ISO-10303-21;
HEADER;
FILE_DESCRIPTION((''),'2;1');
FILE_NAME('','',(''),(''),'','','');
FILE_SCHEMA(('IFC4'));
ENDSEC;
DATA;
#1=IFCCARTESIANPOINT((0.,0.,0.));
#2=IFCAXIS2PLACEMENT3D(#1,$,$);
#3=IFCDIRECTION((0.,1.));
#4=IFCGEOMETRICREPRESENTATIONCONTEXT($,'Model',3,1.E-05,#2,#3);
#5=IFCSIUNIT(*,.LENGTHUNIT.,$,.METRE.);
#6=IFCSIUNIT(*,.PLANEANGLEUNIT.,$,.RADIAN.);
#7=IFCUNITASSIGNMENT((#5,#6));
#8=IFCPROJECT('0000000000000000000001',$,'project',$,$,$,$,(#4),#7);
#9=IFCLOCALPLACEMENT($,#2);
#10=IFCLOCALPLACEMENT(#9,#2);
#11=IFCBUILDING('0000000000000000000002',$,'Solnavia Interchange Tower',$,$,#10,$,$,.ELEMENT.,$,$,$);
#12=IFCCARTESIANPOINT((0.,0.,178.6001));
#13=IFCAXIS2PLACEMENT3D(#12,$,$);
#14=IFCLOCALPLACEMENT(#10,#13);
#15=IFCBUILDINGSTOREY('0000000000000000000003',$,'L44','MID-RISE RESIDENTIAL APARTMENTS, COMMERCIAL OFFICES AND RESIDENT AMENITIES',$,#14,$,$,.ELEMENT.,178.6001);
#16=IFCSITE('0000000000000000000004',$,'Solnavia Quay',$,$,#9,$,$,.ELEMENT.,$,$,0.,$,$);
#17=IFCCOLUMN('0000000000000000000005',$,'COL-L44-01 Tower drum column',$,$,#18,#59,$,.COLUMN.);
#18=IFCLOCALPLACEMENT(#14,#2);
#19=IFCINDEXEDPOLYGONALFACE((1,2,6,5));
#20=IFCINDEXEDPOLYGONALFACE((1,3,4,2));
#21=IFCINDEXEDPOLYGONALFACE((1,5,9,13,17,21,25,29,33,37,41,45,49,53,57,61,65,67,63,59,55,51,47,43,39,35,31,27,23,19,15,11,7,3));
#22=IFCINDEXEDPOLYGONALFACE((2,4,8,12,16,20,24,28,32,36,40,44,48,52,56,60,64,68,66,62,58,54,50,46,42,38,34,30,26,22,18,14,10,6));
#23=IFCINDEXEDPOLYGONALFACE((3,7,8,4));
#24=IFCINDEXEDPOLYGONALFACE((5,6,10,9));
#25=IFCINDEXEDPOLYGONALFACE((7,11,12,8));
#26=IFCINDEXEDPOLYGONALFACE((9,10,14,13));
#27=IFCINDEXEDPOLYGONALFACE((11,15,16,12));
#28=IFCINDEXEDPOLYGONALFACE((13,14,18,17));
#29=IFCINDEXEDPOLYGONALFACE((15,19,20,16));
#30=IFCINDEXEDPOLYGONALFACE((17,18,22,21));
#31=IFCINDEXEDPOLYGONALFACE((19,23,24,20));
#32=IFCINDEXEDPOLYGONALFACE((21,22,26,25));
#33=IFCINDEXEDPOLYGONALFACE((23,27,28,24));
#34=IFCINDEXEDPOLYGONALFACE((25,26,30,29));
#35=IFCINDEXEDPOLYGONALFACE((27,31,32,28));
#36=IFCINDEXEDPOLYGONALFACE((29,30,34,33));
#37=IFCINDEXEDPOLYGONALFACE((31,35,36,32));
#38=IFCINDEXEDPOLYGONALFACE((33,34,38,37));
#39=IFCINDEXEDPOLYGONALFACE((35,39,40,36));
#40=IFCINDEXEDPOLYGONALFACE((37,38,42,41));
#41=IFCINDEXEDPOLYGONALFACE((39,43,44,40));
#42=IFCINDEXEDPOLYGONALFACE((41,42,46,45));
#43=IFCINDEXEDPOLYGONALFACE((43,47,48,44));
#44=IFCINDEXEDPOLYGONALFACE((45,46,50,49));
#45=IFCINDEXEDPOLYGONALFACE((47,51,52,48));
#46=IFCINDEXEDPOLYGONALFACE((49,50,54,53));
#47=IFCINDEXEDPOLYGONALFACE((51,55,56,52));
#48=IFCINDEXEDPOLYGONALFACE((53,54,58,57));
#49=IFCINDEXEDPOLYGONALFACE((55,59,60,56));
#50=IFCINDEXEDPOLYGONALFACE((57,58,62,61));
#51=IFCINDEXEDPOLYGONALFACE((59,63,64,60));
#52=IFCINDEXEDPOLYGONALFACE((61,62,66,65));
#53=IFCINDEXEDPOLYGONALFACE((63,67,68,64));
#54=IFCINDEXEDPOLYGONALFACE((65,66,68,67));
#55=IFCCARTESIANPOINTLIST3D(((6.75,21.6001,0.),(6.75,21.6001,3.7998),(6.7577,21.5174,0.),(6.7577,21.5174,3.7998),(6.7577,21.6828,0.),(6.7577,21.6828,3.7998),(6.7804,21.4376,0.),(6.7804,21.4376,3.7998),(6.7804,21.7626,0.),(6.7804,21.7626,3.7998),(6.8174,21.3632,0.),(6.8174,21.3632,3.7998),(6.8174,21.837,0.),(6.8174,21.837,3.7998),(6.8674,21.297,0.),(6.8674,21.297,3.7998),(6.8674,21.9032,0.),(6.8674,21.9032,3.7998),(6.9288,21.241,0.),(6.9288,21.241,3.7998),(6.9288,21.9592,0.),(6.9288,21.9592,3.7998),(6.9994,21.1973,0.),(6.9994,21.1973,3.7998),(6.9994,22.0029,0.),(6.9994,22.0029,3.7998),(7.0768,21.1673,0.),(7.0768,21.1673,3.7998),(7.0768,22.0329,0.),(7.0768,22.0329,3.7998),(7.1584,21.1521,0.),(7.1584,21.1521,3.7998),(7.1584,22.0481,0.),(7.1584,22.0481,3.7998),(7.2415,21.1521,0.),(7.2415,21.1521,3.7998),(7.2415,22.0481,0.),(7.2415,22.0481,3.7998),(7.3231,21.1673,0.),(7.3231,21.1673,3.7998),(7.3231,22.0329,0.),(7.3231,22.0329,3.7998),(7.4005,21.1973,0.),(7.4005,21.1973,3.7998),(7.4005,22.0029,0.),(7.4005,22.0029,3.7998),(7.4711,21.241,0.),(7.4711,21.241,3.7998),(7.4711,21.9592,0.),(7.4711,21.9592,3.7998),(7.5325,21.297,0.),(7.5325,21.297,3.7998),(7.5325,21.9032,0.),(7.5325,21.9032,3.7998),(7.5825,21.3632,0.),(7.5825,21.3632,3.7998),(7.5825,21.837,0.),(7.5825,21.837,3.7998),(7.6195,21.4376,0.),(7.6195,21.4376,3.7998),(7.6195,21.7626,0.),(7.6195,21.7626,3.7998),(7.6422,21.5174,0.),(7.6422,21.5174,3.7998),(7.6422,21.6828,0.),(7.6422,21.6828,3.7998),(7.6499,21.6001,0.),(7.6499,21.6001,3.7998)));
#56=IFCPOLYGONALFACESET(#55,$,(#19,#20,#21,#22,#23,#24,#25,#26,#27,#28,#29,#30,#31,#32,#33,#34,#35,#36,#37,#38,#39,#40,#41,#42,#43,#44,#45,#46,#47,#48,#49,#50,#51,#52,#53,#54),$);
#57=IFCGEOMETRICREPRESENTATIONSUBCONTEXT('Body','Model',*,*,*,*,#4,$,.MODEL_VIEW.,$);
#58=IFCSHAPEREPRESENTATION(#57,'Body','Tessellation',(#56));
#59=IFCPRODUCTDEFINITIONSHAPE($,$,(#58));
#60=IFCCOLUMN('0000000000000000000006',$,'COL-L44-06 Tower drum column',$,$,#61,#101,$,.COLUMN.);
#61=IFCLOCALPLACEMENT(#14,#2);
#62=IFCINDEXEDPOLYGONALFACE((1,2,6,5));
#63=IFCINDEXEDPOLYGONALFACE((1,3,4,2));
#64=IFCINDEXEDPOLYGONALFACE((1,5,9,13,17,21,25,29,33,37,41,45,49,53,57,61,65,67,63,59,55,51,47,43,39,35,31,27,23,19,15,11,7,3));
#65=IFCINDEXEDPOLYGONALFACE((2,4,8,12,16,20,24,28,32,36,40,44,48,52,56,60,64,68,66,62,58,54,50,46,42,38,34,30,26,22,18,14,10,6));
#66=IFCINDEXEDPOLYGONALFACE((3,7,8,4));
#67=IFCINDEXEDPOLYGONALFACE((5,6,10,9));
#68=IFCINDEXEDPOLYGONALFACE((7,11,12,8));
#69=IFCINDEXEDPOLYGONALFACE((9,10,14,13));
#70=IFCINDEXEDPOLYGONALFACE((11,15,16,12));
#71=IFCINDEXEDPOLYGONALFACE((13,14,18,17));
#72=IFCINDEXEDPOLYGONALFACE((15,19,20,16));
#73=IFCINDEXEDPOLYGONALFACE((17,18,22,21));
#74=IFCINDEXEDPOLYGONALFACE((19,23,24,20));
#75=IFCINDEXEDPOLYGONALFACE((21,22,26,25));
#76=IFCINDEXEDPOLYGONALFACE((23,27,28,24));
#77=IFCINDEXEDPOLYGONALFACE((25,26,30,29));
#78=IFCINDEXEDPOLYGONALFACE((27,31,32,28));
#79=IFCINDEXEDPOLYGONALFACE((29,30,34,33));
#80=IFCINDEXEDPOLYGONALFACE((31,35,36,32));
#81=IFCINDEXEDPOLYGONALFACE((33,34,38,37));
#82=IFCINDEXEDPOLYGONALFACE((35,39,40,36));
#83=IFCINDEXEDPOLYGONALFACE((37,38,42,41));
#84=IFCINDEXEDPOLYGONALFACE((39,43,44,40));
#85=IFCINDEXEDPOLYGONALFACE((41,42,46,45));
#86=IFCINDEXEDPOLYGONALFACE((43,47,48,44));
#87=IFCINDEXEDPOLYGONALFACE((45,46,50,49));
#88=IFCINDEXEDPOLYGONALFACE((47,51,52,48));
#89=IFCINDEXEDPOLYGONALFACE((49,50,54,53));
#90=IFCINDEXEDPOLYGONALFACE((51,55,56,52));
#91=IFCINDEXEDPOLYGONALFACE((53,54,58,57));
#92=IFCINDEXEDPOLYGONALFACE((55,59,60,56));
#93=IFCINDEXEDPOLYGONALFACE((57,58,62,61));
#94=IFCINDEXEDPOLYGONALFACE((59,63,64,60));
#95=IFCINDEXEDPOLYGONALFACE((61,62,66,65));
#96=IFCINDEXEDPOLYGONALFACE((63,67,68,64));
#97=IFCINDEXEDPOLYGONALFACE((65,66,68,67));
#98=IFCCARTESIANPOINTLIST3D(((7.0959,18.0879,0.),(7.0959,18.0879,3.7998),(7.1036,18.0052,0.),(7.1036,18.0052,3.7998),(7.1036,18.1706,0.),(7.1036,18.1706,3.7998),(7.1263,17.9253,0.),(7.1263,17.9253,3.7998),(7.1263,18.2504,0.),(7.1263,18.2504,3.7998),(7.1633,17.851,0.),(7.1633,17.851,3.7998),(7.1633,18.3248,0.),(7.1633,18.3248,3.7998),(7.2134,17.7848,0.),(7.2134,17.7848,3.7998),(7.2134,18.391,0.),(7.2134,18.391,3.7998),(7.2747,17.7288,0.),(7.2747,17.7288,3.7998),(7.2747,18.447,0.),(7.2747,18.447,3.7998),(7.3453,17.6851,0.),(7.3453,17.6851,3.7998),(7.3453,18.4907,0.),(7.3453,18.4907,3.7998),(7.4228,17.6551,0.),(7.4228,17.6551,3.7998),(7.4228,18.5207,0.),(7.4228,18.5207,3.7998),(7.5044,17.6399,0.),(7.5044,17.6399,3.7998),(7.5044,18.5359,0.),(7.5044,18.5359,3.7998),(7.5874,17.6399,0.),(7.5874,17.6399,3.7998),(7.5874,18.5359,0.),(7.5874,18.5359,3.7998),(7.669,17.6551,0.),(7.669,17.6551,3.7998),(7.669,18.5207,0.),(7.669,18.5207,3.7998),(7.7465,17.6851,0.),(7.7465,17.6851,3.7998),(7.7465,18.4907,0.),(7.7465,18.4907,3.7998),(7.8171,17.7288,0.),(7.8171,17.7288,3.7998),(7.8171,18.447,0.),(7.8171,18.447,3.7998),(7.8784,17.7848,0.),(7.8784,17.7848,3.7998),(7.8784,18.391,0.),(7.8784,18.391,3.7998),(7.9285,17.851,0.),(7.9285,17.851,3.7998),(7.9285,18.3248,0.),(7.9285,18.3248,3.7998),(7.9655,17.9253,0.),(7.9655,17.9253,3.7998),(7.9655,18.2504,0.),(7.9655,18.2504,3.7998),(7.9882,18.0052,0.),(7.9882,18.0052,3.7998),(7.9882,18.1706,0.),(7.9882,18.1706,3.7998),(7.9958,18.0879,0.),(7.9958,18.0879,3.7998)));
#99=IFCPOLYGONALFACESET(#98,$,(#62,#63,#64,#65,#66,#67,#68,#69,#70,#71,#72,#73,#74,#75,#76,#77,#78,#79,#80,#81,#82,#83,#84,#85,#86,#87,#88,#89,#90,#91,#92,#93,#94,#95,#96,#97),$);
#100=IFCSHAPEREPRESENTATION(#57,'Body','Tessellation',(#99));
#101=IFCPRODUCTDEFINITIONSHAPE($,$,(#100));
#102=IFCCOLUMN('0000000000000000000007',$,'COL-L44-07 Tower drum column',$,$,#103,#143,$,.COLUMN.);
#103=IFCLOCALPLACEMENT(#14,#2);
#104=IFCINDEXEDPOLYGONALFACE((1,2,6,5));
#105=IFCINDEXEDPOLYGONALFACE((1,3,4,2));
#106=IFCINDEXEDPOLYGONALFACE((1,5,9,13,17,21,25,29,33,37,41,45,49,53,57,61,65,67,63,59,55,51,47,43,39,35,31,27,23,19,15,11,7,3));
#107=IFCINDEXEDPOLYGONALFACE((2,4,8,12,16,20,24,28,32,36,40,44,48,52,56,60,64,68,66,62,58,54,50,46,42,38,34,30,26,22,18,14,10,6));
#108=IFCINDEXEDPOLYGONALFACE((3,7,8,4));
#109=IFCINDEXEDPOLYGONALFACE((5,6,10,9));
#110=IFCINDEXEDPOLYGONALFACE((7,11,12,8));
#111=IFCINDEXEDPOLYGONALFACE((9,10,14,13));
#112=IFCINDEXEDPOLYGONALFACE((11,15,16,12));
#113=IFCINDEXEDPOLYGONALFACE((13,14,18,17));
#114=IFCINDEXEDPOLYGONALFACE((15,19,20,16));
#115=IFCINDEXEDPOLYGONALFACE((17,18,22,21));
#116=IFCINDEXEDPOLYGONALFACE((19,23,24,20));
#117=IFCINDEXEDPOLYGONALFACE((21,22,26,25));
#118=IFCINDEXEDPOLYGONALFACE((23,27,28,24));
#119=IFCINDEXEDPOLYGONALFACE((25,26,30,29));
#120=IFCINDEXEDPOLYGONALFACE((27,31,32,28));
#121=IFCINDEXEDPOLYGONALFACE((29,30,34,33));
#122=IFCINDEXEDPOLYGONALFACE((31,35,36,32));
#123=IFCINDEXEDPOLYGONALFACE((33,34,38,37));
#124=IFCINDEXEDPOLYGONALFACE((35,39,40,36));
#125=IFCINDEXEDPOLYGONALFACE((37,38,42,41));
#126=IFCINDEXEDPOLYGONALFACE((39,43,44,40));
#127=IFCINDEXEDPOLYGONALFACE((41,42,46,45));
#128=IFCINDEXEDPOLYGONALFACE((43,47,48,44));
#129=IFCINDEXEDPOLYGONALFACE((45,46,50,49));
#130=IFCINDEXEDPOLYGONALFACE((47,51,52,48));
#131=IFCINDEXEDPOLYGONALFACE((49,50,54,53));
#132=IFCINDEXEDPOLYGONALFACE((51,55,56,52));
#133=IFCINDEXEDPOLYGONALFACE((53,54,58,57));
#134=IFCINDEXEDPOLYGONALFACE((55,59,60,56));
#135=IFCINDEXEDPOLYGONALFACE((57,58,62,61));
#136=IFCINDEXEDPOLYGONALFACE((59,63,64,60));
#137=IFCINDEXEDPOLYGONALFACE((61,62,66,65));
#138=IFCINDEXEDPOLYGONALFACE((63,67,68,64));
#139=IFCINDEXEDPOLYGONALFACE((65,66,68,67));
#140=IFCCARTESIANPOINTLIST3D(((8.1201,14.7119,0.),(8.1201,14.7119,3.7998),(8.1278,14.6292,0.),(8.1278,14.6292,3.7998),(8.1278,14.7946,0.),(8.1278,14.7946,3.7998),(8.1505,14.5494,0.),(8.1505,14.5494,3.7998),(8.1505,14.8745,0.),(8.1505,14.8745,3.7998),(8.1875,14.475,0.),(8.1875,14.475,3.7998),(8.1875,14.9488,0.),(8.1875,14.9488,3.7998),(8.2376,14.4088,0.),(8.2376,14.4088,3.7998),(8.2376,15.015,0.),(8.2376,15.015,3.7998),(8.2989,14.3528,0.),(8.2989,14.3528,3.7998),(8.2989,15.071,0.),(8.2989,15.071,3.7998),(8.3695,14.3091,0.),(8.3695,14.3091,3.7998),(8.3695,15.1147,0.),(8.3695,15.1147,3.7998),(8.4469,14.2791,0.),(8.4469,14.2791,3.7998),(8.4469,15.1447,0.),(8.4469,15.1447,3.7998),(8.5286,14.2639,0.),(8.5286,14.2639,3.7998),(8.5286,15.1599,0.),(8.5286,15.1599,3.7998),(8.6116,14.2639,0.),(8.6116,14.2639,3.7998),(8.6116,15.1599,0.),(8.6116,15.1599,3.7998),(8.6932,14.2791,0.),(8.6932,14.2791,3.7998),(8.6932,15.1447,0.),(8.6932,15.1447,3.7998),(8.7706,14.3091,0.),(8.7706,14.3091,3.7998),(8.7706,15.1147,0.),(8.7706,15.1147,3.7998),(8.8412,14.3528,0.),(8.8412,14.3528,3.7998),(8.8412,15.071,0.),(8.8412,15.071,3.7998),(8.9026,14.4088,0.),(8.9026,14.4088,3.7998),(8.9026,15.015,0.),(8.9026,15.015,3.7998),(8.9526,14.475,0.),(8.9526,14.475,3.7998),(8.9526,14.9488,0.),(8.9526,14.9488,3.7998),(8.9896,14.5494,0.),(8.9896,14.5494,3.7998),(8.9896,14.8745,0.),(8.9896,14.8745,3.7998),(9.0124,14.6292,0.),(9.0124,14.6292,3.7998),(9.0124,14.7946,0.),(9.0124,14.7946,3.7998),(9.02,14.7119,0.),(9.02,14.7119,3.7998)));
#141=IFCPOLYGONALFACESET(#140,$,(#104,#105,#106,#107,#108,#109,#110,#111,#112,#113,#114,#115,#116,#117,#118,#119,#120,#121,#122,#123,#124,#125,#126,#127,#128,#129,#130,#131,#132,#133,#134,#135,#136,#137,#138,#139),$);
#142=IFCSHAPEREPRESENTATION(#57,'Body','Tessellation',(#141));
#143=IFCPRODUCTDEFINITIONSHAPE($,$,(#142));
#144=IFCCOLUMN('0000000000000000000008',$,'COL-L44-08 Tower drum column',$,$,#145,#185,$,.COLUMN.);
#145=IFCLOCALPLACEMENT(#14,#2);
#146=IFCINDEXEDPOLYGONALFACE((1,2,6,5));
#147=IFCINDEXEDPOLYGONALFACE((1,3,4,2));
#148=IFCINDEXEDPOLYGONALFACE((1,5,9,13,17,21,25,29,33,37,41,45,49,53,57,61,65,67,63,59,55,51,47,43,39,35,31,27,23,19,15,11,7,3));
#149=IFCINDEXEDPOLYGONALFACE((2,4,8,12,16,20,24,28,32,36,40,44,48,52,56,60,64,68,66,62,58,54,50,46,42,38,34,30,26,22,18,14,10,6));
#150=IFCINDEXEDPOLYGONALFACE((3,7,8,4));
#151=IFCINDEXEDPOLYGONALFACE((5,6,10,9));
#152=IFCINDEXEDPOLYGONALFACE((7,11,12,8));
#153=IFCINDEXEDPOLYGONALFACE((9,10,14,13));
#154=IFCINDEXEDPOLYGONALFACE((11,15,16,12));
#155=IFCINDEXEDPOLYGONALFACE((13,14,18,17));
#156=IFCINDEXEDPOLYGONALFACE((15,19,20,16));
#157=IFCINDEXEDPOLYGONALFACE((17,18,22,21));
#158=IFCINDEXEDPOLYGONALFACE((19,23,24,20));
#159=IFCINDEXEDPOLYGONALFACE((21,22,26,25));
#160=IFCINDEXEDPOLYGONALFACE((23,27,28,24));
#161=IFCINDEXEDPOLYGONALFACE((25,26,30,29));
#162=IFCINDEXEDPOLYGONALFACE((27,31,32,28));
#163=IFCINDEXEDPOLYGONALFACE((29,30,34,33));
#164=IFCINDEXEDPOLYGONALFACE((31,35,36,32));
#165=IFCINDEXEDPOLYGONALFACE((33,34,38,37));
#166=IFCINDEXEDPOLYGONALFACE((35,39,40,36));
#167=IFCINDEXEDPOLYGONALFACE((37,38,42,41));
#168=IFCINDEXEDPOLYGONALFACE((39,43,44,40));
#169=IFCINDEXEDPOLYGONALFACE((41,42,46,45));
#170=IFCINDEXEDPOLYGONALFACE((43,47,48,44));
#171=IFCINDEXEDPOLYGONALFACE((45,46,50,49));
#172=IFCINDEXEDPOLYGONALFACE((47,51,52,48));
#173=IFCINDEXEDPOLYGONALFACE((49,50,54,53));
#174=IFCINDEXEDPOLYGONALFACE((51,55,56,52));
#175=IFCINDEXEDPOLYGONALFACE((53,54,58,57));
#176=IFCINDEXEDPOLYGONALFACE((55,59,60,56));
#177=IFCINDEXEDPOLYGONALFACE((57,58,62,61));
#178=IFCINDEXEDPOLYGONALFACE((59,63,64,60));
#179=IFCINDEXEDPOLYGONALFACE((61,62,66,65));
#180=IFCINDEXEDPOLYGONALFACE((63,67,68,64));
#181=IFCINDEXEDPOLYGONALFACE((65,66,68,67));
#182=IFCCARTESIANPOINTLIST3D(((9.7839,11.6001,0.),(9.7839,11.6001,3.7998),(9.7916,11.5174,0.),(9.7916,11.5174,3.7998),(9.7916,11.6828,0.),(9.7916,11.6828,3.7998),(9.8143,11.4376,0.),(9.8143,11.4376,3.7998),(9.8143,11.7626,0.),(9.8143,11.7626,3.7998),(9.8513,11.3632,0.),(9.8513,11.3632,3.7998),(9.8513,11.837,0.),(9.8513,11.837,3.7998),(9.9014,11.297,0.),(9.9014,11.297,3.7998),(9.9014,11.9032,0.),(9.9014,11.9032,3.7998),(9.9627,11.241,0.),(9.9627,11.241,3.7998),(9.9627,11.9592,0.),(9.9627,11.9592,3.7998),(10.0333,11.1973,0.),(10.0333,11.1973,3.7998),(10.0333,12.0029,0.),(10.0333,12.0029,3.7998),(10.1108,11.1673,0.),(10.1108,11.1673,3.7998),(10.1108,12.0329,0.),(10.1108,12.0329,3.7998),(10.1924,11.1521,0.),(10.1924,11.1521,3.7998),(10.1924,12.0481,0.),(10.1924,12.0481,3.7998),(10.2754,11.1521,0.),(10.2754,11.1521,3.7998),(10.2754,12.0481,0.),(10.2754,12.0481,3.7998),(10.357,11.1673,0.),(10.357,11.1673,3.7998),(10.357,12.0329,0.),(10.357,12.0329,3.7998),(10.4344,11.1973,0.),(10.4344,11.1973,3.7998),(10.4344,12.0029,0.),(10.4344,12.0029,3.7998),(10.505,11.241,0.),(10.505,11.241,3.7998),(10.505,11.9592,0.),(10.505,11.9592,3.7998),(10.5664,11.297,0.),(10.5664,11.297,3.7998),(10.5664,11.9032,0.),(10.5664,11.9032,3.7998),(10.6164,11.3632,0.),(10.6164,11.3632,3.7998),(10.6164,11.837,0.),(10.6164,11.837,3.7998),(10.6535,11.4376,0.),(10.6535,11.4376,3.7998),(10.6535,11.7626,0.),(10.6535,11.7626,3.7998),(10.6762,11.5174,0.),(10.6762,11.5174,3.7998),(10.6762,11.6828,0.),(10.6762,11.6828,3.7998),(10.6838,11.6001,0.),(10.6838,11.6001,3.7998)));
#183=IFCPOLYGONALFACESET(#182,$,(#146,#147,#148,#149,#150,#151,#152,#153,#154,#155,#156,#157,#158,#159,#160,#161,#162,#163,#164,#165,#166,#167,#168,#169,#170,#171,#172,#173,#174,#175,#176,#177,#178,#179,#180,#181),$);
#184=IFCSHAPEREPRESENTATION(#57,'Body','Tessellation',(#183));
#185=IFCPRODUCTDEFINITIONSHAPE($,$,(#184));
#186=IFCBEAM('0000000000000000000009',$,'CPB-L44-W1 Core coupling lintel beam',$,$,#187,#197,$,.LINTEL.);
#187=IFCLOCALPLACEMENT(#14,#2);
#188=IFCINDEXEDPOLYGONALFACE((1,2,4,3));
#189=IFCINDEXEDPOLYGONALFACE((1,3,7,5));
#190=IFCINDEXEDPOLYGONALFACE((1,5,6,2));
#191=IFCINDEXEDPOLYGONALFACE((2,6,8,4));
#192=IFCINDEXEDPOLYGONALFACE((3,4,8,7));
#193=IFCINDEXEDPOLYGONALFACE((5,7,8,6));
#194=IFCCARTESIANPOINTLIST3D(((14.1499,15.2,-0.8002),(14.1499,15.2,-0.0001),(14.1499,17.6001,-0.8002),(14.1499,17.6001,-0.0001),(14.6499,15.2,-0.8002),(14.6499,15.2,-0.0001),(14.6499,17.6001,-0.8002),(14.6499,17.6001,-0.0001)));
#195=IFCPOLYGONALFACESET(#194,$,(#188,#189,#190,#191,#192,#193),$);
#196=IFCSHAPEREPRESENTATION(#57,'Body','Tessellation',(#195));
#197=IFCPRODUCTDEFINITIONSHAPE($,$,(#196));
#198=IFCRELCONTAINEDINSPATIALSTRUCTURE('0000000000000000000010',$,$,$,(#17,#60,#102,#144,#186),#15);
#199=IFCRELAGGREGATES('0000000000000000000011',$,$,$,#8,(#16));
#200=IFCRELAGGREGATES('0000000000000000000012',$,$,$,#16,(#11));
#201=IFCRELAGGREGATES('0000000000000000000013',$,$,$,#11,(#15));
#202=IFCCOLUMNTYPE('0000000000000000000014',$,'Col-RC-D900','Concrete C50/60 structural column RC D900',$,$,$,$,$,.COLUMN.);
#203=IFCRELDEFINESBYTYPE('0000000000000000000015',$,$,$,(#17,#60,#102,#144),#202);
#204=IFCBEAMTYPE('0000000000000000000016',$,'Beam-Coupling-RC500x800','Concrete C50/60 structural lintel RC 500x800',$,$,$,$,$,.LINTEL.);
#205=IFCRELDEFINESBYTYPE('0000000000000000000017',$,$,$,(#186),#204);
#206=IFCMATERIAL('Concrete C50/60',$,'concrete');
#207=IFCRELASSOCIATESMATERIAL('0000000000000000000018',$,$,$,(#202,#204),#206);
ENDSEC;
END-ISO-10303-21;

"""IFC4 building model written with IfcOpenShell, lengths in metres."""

from ifc_helpers import new_model, si_unit, direction, frame, origin, origin_2d, place, context, subcontext, project, spatial, rectangle, circle, extrude, material, material_profile, profile_set, type_object, element, save


model = new_model("IFC4")

# Units and contexts
model_context = context("Model", 3, precision=1e-05, world=origin(), true_north=direction((0.0, 1.0)))
body_context = subcontext(model_context, "Body", "Model", "MODEL_VIEW")
ifc_project = project(units=[si_unit("LENGTHUNIT", "METRE"), si_unit("PLANEANGLEUNIT", "RADIAN")], contexts=[model_context])

# Site, building, storey
site_placement = place(None, origin())
site = spatial("IfcSite", under=ifc_project, at=site_placement, Name="Solnavia Quay", CompositionType="ELEMENT", RefElevation=0.0)
building_placement = place(site_placement, origin())
building = spatial("IfcBuilding", under=site, at=building_placement, Name="Solnavia Interchange Tower", CompositionType="ELEMENT")
storey_placement = place(building_placement, frame((0.0, 0.0, 178.6001)))
storey = spatial("IfcBuildingStorey", under=building, at=storey_placement, Name="L44", Description="MID-RISE RESIDENTIAL APARTMENTS, COMMERCIAL OFFICES AND RESIDENT AMENITIES", CompositionType="ELEMENT", Elevation=178.6001)

# Columns
ifc_material_1 = material(Name="Concrete C50/60", Category="concrete")
ifc_material_profile_1 = material_profile(ifc_material_1, circle(Radius=0.45, at=origin_2d()), Name="RC D900")
ifc_profile_set_1 = profile_set([ifc_material_profile_1], Name="Concrete C50/60")
column_type = type_object("IfcColumnType", Name="Col-RC-D900", Description="Concrete C50/60 structural column RC D900", PredefinedType="COLUMN", material=ifc_profile_set_1)
for number, where, z_axis, x_axis, name in (
    (1, (7.2, 21.6001, 0.0), (0.0, 0.0, 1.0), (1.0, 0.0, 0.0), "COL-L44-01 Tower drum column"),
    (2, (7.5459, 18.0879, 0.0), (0.0, 0.0, 1.0), (1.0, 0.0, 0.0), "COL-L44-06 Tower drum column"),
    (3, (8.5701, 14.7119, 0.0), (0.0, 0.0, 1.0), (1.0, 0.0, 0.0), "COL-L44-07 Tower drum column"),
    (4, (10.2339, 11.6001, 0.0), (0.0, 0.0, 1.0), (1.0, 0.0, 0.0), "COL-L44-08 Tower drum column"),
):
    element("IfcColumn", number, at=place(storey_placement, frame(where, z_axis=z_axis, x_axis=x_axis)), inside=storey, type_object=column_type, Name=name, PredefinedType="COLUMN", context=body_context, shape_type="SweptSolid", body=[
        extrude(circle(Radius=0.45, at=origin_2d()), origin(), (0.0, 0.0, 1.0), 3.7998),
    ])

# Beam
ifc_material_profile_2 = material_profile(ifc_material_1, rectangle(XDim=0.5, YDim=0.8, at=origin_2d()), Name="RC 500x800")
ifc_profile_set_2 = profile_set([ifc_material_profile_2], Name="Concrete C50/60")
beam_type_1 = type_object("IfcBeamType", Name="Beam-Coupling-RC500x800", Description="Concrete C50/60 structural lintel RC 500x800", PredefinedType="LINTEL", material=ifc_profile_set_2)
beam_1_placement = place(storey_placement, frame((14.3999, 15.2, -0.4001), z_axis=(0.0, 1.0, 0.0), x_axis=(-1.0, 0.0, 0.0)))
element("IfcBeam", 5, at=beam_1_placement, inside=storey, type_object=beam_type_1, Name="CPB-L44-W1 Core coupling lintel beam", PredefinedType="LINTEL", context=body_context, shape_type="SweptSolid", body=[
    extrude(rectangle(XDim=0.5, YDim=0.8, at=origin_2d()), origin(), (0.0, 0.0, 1.0), 2.4001),
])

save(model, "model.ifc")
